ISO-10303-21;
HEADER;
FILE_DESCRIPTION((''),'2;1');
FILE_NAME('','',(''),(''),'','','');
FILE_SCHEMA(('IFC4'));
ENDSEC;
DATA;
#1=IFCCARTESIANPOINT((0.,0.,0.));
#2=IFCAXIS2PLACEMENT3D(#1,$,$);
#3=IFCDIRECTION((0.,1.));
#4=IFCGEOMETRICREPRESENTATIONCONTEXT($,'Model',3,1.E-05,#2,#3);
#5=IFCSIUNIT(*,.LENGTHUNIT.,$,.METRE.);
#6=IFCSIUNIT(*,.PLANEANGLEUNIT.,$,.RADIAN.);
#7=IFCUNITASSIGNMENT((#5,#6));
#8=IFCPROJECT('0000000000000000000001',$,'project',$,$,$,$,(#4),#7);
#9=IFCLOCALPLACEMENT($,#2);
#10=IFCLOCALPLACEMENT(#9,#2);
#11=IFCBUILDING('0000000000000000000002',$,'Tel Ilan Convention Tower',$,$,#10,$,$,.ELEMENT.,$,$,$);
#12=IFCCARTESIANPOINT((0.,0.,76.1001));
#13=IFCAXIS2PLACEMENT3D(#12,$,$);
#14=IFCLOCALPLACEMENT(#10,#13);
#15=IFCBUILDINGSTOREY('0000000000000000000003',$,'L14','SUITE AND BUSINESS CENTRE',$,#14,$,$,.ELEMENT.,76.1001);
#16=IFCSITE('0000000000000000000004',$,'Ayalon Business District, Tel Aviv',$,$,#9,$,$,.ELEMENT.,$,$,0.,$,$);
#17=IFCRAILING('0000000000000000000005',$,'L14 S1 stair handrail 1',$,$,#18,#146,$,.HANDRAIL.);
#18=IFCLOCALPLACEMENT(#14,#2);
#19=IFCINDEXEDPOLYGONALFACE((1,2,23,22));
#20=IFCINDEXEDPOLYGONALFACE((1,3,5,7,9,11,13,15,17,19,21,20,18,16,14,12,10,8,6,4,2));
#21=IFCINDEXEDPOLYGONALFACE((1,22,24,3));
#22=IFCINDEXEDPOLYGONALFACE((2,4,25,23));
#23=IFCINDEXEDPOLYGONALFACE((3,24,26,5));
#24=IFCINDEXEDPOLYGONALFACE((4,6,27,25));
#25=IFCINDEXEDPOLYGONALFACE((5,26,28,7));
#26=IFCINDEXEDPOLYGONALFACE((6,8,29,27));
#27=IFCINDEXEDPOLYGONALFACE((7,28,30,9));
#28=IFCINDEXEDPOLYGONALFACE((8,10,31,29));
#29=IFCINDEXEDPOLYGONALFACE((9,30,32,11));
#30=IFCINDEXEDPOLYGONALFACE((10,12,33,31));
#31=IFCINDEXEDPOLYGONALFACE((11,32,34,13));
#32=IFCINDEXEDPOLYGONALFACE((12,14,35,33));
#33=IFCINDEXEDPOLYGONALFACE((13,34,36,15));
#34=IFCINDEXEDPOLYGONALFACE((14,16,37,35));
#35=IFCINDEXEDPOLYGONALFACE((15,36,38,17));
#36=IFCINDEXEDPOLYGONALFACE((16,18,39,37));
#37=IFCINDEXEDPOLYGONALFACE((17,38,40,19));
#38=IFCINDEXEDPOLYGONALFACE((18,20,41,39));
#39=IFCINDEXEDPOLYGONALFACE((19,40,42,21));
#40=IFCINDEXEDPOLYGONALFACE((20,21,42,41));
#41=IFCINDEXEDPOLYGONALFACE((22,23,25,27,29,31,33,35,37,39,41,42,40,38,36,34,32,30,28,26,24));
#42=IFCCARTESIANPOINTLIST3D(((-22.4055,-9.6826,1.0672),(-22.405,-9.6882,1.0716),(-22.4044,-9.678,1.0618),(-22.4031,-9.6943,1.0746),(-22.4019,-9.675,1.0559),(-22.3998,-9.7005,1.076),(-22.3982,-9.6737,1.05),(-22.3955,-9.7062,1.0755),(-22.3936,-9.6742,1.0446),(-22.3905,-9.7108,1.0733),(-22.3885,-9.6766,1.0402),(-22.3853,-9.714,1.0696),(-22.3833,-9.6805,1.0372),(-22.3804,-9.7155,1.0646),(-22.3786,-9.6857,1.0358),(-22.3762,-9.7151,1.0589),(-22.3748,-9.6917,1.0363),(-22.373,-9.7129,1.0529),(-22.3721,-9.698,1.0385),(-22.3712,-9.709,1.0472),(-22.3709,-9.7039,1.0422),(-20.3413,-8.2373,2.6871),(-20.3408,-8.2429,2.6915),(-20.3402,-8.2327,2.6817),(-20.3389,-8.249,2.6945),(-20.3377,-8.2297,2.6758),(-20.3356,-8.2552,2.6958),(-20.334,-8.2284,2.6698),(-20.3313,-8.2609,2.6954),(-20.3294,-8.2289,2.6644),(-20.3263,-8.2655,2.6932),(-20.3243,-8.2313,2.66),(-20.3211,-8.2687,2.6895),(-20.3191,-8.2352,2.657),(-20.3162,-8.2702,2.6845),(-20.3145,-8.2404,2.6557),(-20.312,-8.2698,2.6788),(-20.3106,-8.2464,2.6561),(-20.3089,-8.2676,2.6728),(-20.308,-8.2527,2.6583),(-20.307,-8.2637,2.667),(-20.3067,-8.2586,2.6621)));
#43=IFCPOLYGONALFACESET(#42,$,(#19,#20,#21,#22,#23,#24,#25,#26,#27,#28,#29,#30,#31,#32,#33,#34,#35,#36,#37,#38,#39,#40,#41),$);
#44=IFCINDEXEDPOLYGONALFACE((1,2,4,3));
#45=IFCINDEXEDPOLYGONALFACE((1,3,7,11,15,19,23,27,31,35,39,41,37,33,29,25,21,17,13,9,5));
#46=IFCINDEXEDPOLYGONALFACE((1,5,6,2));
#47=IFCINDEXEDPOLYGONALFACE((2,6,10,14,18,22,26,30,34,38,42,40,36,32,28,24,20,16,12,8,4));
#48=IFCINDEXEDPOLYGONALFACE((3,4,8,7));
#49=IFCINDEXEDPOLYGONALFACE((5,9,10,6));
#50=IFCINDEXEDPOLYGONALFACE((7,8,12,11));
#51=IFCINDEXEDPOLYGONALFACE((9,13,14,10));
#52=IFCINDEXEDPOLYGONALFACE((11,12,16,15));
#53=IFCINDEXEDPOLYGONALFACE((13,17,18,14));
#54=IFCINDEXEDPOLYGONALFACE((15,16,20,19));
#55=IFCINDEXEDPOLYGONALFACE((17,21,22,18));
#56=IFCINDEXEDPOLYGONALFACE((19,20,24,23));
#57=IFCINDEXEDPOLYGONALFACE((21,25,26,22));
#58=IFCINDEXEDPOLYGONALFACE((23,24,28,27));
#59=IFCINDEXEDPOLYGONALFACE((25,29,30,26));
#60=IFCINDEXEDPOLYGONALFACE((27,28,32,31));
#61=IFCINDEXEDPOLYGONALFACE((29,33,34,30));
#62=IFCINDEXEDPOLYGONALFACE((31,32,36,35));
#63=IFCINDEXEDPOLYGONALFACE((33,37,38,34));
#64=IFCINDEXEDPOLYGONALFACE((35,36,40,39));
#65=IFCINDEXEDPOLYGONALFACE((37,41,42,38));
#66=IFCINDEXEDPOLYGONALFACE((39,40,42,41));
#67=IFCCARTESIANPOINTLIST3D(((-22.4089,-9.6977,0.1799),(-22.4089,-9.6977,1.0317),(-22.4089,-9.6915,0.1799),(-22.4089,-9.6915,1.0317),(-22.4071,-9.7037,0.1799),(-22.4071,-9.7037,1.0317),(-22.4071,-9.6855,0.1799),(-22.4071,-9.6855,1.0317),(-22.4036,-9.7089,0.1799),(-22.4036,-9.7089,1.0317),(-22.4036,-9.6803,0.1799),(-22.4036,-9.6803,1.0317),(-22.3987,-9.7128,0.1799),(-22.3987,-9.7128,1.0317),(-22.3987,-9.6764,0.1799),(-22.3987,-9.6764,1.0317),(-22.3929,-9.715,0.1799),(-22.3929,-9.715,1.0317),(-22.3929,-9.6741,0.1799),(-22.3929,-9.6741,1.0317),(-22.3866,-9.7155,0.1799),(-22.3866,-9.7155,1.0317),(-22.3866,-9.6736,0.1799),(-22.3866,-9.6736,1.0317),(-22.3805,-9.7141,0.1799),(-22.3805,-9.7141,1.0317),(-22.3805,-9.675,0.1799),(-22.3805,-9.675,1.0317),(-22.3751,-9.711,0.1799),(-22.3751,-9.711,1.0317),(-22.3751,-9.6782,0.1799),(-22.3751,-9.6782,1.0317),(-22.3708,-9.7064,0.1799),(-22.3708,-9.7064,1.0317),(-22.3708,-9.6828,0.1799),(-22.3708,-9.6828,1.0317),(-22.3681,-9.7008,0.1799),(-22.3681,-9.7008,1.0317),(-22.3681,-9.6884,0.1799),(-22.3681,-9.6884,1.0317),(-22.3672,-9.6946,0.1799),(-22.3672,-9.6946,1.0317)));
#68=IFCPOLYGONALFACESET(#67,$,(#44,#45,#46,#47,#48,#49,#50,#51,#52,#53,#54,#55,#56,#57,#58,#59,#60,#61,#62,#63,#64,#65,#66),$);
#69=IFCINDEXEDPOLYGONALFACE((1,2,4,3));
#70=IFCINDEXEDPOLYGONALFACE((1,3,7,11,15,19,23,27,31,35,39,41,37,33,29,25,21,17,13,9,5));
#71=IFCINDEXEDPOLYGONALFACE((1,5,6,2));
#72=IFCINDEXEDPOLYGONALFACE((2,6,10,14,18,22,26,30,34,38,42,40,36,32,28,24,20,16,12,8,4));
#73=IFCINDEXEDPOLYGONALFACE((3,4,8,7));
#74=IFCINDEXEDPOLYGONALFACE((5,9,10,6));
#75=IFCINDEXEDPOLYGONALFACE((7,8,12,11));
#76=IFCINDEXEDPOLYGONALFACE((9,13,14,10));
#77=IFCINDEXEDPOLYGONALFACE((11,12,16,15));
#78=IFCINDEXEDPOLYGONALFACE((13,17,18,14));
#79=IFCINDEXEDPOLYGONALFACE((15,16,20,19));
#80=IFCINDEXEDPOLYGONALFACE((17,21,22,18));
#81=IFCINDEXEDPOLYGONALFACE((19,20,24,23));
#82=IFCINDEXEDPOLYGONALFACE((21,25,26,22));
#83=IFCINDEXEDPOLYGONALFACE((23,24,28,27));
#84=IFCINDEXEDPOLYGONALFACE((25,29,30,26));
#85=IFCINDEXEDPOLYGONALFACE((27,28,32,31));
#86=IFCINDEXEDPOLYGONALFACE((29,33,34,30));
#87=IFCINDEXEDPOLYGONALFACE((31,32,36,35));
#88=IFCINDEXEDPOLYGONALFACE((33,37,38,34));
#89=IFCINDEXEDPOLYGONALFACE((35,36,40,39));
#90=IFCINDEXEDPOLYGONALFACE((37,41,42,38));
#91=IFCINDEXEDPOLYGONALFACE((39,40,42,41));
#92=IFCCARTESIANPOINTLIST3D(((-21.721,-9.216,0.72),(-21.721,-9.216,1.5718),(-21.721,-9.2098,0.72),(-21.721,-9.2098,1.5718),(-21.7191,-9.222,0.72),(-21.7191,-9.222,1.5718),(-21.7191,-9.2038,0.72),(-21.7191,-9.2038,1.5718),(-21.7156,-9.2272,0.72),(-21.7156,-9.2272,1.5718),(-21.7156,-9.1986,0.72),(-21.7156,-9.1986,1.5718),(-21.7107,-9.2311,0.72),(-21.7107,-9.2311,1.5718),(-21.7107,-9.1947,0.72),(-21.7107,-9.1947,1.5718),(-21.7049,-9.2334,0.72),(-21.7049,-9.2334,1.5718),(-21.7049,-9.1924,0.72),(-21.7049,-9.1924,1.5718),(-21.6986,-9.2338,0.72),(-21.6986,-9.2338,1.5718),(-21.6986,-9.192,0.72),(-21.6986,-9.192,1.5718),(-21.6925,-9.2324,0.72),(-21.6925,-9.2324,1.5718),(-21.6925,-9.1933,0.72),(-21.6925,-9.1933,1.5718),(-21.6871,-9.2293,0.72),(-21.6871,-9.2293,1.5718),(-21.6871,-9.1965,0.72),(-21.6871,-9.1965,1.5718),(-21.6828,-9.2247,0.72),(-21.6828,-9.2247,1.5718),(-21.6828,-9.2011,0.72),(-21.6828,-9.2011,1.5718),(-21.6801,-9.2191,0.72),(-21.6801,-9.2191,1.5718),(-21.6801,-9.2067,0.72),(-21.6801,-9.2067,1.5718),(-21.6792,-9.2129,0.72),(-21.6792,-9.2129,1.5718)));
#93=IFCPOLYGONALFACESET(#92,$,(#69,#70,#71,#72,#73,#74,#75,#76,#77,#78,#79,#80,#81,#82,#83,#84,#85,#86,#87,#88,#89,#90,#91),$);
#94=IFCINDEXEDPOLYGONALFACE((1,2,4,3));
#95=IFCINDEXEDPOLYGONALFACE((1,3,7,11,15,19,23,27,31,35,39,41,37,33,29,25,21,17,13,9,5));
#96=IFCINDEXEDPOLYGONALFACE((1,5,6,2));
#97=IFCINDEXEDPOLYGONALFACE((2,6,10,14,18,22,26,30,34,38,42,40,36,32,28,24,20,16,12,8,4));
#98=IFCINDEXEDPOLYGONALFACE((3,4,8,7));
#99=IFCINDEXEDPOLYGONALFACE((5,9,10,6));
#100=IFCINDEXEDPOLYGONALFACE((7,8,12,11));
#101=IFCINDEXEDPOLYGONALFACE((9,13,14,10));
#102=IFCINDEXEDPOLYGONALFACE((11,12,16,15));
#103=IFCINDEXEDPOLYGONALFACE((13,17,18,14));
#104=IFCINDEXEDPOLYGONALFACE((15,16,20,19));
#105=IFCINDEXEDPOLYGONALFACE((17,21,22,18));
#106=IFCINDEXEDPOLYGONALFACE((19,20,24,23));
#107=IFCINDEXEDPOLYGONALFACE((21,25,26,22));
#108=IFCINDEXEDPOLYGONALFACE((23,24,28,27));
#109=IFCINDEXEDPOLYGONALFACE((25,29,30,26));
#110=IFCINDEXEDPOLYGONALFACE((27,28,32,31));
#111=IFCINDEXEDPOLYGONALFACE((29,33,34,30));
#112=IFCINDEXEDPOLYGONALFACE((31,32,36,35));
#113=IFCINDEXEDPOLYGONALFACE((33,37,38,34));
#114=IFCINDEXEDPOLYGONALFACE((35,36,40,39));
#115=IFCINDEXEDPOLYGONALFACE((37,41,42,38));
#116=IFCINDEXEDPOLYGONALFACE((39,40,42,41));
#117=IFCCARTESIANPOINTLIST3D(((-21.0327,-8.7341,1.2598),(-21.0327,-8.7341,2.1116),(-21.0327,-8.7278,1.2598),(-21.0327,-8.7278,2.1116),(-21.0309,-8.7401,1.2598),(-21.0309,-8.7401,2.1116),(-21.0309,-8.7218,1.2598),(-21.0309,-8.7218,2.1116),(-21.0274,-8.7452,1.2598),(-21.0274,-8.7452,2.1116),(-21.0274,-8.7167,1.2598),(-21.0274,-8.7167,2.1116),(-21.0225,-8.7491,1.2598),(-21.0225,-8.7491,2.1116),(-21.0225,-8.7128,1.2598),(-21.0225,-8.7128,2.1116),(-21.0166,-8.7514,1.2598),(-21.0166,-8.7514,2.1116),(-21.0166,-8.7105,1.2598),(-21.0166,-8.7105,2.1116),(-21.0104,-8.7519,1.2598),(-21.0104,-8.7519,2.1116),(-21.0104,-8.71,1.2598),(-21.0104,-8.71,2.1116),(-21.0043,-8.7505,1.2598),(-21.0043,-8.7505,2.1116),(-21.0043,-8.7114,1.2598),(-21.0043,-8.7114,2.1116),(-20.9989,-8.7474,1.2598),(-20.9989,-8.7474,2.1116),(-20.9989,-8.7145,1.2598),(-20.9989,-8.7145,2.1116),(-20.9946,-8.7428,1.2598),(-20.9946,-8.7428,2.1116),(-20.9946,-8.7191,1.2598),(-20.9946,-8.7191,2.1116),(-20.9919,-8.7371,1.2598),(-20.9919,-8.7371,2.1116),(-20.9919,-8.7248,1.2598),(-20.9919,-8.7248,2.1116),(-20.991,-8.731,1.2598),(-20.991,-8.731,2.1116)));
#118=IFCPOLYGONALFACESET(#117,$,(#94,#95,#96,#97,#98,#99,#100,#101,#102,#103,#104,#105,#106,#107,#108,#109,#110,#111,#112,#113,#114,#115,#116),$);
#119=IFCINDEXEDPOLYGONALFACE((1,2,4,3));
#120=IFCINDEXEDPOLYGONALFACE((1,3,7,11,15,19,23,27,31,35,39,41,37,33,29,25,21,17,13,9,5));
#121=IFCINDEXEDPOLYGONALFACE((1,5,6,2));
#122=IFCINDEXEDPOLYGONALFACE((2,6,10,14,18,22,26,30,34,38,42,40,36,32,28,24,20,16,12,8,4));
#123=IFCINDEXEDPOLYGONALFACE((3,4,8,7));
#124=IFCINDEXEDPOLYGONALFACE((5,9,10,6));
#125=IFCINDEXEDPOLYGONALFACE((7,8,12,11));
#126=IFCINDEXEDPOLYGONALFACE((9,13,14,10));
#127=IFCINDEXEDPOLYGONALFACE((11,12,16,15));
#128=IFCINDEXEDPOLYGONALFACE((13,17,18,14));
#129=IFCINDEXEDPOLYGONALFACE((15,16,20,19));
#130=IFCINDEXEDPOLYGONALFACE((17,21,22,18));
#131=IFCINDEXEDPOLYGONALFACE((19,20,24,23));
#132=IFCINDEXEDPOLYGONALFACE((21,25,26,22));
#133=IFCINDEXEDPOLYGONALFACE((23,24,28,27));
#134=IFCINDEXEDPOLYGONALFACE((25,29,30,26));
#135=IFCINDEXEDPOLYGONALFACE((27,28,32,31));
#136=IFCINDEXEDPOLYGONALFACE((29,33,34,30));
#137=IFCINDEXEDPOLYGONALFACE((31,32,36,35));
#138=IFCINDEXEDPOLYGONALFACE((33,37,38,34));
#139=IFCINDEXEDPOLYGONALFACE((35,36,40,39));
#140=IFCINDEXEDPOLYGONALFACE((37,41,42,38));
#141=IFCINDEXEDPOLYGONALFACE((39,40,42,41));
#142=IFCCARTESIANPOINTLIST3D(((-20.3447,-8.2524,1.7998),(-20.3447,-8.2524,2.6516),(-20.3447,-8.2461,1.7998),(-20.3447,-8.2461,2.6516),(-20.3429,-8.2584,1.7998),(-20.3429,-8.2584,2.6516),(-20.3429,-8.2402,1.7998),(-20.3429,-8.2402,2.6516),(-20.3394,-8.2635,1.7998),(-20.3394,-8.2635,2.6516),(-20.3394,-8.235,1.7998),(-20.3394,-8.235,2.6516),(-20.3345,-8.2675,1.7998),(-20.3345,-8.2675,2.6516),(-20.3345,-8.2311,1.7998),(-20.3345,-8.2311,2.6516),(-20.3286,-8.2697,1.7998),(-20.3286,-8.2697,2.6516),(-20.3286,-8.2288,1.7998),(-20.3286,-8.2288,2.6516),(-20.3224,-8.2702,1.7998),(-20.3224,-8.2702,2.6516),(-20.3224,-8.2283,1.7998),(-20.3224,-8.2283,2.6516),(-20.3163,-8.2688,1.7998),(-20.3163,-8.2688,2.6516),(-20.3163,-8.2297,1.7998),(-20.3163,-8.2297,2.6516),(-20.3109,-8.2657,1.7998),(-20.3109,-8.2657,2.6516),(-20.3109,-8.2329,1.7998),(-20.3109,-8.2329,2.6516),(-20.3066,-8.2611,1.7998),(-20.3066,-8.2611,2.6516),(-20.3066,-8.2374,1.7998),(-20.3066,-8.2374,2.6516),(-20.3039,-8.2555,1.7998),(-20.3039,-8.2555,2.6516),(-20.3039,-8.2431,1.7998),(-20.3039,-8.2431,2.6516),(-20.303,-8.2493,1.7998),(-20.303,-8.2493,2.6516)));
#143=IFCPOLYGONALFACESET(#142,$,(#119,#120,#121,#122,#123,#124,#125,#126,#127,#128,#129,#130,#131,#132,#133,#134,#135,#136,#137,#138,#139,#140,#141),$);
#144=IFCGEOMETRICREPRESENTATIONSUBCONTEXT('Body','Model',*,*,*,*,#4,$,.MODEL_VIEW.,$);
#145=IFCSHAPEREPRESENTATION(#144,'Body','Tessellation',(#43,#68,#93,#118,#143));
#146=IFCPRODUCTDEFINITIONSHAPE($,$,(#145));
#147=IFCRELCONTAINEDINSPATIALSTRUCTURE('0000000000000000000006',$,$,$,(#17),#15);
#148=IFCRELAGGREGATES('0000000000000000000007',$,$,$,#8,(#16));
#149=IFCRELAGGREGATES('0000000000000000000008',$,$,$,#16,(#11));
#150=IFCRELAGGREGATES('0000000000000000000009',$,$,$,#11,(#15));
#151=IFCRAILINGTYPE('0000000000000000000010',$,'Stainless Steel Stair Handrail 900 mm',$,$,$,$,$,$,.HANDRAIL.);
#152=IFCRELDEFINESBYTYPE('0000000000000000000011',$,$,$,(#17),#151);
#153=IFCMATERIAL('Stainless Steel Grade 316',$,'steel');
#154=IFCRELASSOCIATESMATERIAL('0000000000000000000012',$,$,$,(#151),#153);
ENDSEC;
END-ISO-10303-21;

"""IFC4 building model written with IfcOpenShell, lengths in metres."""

from ifc_helpers import new_model, si_unit, direction, frame, origin, origin_2d, place, context, subcontext, project, spatial, circle, extrude, material, type_object, element, save


model = new_model("IFC4")

# Units and contexts
model_context = context("Model", 3, precision=1e-05, world=origin(), true_north=direction((0.0, 1.0)))
body_context = subcontext(model_context, "Body", "Model", "MODEL_VIEW")
ifc_project = project(units=[si_unit("LENGTHUNIT", "METRE"), si_unit("PLANEANGLEUNIT", "RADIAN")], contexts=[model_context])

# Site, building, storey
site_placement = place(None, origin())
site = spatial("IfcSite", under=ifc_project, at=site_placement, Name="Ayalon Business District, Tel Aviv", CompositionType="ELEMENT", RefElevation=0.0)
building_placement = place(site_placement, origin())
building = spatial("IfcBuilding", under=site, at=building_placement, Name="Tel Ilan Convention Tower", CompositionType="ELEMENT")
storey_placement = place(building_placement, frame((0.0, 0.0, 76.1001)))
storey = spatial("IfcBuildingStorey", under=building, at=storey_placement, Name="L14", Description="SUITE AND BUSINESS CENTRE", CompositionType="ELEMENT", Elevation=76.1001)

# Railing
ifc_material_1 = material(Name="Stainless Steel Grade 316", Category="steel")
railing_type_1 = type_object("IfcRailingType", Name="Stainless Steel Stair Handrail 900 mm", PredefinedType="HANDRAIL", material=ifc_material_1)
railing_1_placement = place(storey_placement, frame((-22.3882, -9.6946, 0.1799)))
element("IfcRailing", 1, at=railing_1_placement, inside=storey, type_object=railing_type_1, Name="L14 S1 stair handrail 1", PredefinedType="HANDRAIL", context=body_context, shape_type="SweptSolid", body=[
    extrude(circle(Radius=0.0239, at=origin_2d()), frame((0.0, 0.0, 0.876), z_axis=(0.68907, 0.482472, 0.540743), x_axis=(-0.57356, 0.819164, 0.0)), (0.0, 0.0, 1.0), 2.9956),
    extrude(circle(Radius=0.021, at=origin_2d()), origin(), (0.0, 0.0, 1.0), 0.8518),
    extrude(circle(Radius=0.021, at=origin_2d()), frame((0.688, 0.4817, 0.54)), (0.0, 0.0, 1.0), 0.8518),
    extrude(circle(Radius=0.021, at=origin_2d()), frame((1.3762, 0.9636, 1.0798)), (0.0, 0.0, 1.0), 0.8518),
    extrude(circle(Radius=0.021, at=origin_2d()), frame((2.0642, 1.4453, 1.6199)), (0.0, 0.0, 1.0), 0.8518),
])

save(model, "model.ifc")
